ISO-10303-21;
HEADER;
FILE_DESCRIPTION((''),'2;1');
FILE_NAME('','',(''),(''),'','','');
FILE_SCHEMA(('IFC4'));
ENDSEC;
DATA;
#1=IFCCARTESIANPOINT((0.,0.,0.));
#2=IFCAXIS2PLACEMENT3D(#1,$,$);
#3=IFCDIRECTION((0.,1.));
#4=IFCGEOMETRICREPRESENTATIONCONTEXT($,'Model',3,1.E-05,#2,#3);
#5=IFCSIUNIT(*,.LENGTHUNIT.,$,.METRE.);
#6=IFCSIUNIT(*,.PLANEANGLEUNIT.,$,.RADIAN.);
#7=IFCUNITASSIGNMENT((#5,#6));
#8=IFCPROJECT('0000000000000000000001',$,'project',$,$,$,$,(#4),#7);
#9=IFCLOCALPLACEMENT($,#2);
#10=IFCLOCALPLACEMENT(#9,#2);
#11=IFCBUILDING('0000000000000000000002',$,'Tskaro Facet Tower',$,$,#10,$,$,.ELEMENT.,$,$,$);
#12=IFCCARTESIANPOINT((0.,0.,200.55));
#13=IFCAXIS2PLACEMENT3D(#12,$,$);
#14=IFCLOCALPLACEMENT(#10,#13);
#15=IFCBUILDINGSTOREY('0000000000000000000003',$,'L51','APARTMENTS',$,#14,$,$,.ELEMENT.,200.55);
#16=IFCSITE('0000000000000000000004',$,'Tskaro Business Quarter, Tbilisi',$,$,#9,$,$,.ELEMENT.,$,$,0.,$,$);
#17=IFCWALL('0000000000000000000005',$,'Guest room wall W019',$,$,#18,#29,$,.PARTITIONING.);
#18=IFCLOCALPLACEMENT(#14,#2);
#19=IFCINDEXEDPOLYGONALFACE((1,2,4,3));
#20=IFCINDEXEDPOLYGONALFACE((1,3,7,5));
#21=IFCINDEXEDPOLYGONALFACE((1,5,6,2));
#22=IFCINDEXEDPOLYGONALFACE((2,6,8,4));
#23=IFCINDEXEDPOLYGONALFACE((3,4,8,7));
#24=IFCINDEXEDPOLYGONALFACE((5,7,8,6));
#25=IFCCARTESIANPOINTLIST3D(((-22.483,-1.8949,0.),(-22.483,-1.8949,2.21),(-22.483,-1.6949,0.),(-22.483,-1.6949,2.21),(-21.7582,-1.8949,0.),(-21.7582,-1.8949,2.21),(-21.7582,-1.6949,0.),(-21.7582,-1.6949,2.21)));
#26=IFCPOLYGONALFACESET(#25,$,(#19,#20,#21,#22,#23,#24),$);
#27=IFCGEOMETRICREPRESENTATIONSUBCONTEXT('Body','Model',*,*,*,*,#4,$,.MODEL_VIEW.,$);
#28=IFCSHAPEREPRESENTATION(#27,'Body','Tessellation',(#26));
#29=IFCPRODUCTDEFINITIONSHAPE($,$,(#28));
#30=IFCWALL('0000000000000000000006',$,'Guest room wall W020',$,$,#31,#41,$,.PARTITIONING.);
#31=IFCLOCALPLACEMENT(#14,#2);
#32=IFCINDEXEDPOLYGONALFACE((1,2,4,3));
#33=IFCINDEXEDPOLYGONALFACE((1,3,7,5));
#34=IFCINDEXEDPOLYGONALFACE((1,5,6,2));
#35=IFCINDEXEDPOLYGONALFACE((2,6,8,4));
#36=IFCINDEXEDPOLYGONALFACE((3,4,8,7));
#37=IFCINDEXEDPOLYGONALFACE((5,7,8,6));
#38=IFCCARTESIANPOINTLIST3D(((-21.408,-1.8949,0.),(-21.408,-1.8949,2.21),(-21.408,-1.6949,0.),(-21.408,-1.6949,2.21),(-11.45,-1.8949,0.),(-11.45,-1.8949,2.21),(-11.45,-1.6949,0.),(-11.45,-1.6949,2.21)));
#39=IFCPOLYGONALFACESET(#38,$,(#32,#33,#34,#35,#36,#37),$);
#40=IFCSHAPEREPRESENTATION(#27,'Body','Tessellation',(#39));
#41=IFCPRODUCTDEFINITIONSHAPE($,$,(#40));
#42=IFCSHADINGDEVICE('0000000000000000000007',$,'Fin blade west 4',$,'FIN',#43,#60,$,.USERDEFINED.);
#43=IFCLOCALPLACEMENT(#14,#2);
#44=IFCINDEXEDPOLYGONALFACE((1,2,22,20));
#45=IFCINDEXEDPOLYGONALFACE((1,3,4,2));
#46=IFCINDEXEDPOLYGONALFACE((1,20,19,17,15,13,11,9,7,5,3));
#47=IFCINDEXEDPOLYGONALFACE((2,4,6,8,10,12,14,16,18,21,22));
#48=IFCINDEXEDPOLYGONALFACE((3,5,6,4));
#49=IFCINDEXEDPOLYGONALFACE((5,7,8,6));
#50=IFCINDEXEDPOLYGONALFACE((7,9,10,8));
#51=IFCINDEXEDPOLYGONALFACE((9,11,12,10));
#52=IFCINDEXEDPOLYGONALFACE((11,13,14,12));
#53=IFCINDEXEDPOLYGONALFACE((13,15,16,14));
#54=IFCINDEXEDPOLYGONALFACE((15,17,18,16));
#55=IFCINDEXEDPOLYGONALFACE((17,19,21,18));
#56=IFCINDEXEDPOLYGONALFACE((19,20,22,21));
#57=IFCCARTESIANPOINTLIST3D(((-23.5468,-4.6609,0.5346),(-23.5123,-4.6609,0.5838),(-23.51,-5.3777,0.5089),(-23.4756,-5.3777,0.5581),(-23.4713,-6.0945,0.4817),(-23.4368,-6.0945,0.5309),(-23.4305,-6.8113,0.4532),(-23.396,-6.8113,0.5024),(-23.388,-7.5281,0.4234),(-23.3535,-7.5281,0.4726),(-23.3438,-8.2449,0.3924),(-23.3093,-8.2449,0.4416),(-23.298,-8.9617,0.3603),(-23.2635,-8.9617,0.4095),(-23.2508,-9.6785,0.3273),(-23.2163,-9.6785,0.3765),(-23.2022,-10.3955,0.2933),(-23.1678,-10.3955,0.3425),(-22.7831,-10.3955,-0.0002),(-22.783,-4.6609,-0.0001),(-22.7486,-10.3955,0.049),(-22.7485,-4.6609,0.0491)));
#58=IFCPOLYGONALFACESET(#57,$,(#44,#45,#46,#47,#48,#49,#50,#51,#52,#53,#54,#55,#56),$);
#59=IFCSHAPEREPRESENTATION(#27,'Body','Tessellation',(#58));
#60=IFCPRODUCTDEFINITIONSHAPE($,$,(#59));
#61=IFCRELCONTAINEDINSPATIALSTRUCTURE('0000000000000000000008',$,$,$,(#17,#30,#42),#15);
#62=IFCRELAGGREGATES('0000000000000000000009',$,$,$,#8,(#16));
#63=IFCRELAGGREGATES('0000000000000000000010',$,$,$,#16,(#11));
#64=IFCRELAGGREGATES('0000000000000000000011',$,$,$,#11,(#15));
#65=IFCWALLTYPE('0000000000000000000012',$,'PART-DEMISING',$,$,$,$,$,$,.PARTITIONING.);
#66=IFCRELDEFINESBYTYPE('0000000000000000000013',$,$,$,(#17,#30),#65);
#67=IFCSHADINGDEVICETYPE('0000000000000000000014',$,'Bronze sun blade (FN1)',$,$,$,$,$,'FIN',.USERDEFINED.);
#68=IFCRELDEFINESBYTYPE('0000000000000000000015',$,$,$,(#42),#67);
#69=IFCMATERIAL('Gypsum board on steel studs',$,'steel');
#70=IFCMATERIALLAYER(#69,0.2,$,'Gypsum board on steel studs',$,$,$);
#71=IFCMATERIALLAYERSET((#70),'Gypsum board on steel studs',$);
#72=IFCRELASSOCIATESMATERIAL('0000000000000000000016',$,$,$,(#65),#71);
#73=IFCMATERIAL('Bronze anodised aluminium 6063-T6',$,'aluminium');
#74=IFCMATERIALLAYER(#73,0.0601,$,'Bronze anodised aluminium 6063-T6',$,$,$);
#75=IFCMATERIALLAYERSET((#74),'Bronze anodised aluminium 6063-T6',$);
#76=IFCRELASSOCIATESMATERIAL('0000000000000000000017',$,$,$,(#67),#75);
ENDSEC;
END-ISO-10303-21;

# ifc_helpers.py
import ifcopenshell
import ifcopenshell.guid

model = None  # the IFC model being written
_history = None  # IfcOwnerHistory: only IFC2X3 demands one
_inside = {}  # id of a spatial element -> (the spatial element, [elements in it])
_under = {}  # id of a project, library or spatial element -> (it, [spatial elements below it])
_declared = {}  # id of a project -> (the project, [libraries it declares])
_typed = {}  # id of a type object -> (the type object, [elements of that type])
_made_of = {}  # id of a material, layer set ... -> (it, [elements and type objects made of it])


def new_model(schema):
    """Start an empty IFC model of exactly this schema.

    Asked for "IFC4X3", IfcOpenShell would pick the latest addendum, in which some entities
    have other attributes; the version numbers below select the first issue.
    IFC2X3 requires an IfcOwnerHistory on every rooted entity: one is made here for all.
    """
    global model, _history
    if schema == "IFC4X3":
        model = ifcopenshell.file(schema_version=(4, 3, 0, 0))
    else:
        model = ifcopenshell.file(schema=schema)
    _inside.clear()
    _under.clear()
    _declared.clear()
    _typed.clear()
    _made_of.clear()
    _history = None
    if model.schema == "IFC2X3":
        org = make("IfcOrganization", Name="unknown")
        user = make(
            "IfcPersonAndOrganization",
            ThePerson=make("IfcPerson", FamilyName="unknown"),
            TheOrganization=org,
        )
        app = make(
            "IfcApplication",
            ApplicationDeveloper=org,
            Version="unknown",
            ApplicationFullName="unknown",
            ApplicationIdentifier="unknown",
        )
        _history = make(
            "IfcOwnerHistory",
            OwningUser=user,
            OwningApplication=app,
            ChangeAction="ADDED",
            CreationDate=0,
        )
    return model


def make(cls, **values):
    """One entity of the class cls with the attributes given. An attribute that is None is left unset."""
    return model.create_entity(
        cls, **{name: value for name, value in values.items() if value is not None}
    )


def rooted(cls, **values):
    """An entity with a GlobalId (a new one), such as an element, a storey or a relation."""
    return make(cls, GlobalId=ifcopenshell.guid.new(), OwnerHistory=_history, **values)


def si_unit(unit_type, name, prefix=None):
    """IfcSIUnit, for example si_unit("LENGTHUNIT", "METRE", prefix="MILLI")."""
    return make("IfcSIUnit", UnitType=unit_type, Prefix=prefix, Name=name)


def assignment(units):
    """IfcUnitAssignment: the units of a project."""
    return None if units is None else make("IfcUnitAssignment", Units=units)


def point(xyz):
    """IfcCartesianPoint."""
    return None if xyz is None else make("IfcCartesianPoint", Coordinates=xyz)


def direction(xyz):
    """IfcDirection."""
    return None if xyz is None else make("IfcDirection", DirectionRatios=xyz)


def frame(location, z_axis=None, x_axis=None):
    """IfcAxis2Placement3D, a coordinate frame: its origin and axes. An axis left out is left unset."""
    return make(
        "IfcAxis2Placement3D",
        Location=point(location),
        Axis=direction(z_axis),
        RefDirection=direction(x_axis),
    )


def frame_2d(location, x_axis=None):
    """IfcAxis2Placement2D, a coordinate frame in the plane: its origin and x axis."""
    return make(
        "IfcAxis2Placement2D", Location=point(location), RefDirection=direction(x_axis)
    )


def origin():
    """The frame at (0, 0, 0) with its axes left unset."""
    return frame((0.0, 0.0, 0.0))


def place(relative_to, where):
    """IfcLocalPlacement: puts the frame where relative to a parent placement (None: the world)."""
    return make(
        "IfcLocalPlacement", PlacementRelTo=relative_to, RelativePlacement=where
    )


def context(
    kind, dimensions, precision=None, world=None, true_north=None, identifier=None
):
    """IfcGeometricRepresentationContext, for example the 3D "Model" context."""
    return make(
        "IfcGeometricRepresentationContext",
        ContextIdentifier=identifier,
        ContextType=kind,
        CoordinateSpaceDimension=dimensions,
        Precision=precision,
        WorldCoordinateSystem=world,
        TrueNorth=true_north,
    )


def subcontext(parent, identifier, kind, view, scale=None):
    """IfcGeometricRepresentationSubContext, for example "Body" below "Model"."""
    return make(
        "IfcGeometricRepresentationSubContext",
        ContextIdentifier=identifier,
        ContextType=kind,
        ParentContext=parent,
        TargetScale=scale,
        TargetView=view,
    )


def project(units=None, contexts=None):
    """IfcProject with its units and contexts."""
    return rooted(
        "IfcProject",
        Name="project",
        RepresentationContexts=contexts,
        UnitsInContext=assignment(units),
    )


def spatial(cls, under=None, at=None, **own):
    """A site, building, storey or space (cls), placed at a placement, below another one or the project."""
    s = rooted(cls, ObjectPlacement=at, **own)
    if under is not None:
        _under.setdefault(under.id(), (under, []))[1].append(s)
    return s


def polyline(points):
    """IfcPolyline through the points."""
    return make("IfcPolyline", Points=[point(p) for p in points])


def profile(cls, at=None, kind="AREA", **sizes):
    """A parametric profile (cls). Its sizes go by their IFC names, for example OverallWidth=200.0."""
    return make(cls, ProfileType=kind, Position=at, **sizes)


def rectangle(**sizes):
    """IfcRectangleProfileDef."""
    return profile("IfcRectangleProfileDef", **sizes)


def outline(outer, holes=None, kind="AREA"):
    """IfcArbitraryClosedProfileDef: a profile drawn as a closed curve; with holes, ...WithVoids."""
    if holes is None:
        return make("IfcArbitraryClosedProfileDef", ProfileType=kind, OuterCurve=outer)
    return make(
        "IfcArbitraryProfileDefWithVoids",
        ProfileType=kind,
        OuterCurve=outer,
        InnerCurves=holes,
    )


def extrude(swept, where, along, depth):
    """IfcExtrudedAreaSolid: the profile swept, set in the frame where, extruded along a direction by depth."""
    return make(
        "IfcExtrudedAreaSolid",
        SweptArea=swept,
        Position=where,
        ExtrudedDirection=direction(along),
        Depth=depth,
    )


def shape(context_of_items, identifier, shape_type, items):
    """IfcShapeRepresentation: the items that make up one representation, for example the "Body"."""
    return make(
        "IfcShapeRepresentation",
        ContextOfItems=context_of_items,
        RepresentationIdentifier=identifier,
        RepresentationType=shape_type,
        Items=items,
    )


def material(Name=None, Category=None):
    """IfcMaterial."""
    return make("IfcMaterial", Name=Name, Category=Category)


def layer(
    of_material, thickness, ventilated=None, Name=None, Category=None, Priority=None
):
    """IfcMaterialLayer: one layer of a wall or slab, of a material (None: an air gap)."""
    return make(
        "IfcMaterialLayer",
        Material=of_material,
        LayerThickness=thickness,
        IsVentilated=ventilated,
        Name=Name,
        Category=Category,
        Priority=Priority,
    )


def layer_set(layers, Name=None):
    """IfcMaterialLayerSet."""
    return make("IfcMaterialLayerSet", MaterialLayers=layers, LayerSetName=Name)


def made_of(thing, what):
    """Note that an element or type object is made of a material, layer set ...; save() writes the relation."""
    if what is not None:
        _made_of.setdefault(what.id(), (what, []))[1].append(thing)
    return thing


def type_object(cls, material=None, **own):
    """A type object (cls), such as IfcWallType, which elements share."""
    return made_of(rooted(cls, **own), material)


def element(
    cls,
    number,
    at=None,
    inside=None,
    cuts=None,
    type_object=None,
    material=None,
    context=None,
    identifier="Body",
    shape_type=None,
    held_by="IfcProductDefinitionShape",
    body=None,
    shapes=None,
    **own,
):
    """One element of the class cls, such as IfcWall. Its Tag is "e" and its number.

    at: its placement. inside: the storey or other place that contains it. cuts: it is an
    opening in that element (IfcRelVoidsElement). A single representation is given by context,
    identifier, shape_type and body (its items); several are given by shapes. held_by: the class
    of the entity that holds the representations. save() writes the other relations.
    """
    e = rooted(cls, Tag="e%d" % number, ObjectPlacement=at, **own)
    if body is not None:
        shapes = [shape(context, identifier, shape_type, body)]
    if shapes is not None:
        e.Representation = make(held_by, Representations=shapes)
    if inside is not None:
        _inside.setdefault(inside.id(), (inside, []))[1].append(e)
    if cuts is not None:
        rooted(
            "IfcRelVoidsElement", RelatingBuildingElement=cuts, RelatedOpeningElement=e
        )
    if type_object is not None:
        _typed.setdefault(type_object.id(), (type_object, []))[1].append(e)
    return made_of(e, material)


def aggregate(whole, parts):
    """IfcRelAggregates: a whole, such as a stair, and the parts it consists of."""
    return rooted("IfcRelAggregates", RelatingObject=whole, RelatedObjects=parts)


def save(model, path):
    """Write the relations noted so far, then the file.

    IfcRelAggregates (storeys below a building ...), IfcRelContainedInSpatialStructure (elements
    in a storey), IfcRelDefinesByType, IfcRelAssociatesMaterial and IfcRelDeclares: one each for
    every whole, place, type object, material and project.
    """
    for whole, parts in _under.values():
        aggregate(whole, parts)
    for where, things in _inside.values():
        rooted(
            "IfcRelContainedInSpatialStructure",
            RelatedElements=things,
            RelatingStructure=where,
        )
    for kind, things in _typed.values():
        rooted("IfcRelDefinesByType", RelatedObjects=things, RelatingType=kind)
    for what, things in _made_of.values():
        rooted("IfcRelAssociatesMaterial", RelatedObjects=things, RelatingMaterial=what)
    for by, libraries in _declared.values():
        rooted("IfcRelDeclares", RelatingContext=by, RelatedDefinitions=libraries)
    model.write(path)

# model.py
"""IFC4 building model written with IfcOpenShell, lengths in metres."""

from ifc_helpers import new_model, si_unit, direction, frame, frame_2d, origin, place, context, subcontext, project, spatial, polyline, rectangle, outline, extrude, material, layer, layer_set, type_object, element, save


model = new_model("IFC4")

# Units and contexts
model_context = context("Model", 3, precision=1e-05, world=origin(), true_north=direction((0.0, 1.0)))
body_context = subcontext(model_context, "Body", "Model", "MODEL_VIEW")
ifc_project = project(units=[si_unit("LENGTHUNIT", "METRE"), si_unit("PLANEANGLEUNIT", "RADIAN")], contexts=[model_context])

# Site, building, storey
site_placement = place(None, origin())
site = spatial("IfcSite", under=ifc_project, at=site_placement, Name="Tskaro Business Quarter, Tbilisi", CompositionType="ELEMENT", RefElevation=0.0)
building_placement = place(site_placement, origin())
building = spatial("IfcBuilding", under=site, at=building_placement, Name="Tskaro Facet Tower", CompositionType="ELEMENT")
storey_placement = place(building_placement, frame((0.0, 0.0, 200.55)))
storey = spatial("IfcBuildingStorey", under=building, at=storey_placement, Name="L51", Description="APARTMENTS", CompositionType="ELEMENT", Elevation=200.55)

# Shared definitions
ifc_material_1 = material(Name="Bronze anodised aluminium 6063-T6", Category="aluminium")

# Shared definitions
ifc_material_2 = material(Name="Gypsum board on steel studs", Category="steel")

# Walls
ifc_layer_1 = layer(ifc_material_2, 0.2, Name="Gypsum board on steel studs")
ifc_layer_set_1 = layer_set([ifc_layer_1], Name="Gypsum board on steel studs")
wall_type_1 = type_object("IfcWallType", Name="PART-DEMISING", PredefinedType="PARTITIONING", material=ifc_layer_set_1)
wall_1_placement = place(storey_placement, frame((-22.4829, -1.7949, 0.0), z_axis=(0.0, 0.0, 1.0), x_axis=(1.0, 0.0, 0.0)))
element("IfcWall", 1, at=wall_1_placement, inside=storey, type_object=wall_type_1, Name="Guest room wall W019", PredefinedType="PARTITIONING", context=body_context, shape_type="SweptSolid", body=[
    extrude(rectangle(XDim=0.7249, YDim=0.2, at=frame_2d((0.3623, 0.0))), origin(), (0.0, 0.0, 1.0), 2.21),
])
wall_2_placement = place(storey_placement, frame((-21.408, -1.7949, 0.0), z_axis=(0.0, 0.0, 1.0), x_axis=(1.0, 0.0, 0.0)))
element("IfcWall", 2, at=wall_2_placement, inside=storey, type_object=wall_type_1, Name="Guest room wall W020", PredefinedType="PARTITIONING", context=body_context, shape_type="SweptSolid", body=[
    extrude(rectangle(XDim=9.958, YDim=0.2, at=frame_2d((4.979, 0.0))), origin(), (0.0, 0.0, 1.0), 2.21),
])

# Shading device
ifc_layer_2 = layer(ifc_material_1, 0.0601, Name="Bronze anodised aluminium 6063-T6")
ifc_layer_set_2 = layer_set([ifc_layer_2], Name="Bronze anodised aluminium 6063-T6")
shading_device_type = type_object("IfcShadingDeviceType", Name="Bronze sun blade (FN1)", ElementType="FIN", PredefinedType="USERDEFINED", material=ifc_layer_set_2)
shading_device_placement = place(storey_placement, frame((-22.7485, -4.6609, 0.0491), z_axis=(0.573559, -0.000022, 0.819164), x_axis=(-0.000012, -1.0, -0.000018)))
element("IfcShadingDevice", 3, at=shading_device_placement, inside=storey, type_object=shading_device_type, Name="Fin blade west 4", ObjectType="FIN", PredefinedType="USERDEFINED", context=body_context, shape_type="SweptSolid", body=[
    extrude(outline(polyline([(0.0, 0.0), (5.7346, 0.0), (5.7346, -0.5117), (5.0176, -0.571), (4.3008, -0.6286), (3.584, -0.6845), (2.8672, -0.7385), (2.1504, -0.7904), (1.4336, -0.8402), (0.7168, -0.8875), (0.0, -0.9324), (0.0, 0.0)])), origin(), (0.0, 0.0, -1.0), 0.0601),
])

save(model, "model.ifc")
